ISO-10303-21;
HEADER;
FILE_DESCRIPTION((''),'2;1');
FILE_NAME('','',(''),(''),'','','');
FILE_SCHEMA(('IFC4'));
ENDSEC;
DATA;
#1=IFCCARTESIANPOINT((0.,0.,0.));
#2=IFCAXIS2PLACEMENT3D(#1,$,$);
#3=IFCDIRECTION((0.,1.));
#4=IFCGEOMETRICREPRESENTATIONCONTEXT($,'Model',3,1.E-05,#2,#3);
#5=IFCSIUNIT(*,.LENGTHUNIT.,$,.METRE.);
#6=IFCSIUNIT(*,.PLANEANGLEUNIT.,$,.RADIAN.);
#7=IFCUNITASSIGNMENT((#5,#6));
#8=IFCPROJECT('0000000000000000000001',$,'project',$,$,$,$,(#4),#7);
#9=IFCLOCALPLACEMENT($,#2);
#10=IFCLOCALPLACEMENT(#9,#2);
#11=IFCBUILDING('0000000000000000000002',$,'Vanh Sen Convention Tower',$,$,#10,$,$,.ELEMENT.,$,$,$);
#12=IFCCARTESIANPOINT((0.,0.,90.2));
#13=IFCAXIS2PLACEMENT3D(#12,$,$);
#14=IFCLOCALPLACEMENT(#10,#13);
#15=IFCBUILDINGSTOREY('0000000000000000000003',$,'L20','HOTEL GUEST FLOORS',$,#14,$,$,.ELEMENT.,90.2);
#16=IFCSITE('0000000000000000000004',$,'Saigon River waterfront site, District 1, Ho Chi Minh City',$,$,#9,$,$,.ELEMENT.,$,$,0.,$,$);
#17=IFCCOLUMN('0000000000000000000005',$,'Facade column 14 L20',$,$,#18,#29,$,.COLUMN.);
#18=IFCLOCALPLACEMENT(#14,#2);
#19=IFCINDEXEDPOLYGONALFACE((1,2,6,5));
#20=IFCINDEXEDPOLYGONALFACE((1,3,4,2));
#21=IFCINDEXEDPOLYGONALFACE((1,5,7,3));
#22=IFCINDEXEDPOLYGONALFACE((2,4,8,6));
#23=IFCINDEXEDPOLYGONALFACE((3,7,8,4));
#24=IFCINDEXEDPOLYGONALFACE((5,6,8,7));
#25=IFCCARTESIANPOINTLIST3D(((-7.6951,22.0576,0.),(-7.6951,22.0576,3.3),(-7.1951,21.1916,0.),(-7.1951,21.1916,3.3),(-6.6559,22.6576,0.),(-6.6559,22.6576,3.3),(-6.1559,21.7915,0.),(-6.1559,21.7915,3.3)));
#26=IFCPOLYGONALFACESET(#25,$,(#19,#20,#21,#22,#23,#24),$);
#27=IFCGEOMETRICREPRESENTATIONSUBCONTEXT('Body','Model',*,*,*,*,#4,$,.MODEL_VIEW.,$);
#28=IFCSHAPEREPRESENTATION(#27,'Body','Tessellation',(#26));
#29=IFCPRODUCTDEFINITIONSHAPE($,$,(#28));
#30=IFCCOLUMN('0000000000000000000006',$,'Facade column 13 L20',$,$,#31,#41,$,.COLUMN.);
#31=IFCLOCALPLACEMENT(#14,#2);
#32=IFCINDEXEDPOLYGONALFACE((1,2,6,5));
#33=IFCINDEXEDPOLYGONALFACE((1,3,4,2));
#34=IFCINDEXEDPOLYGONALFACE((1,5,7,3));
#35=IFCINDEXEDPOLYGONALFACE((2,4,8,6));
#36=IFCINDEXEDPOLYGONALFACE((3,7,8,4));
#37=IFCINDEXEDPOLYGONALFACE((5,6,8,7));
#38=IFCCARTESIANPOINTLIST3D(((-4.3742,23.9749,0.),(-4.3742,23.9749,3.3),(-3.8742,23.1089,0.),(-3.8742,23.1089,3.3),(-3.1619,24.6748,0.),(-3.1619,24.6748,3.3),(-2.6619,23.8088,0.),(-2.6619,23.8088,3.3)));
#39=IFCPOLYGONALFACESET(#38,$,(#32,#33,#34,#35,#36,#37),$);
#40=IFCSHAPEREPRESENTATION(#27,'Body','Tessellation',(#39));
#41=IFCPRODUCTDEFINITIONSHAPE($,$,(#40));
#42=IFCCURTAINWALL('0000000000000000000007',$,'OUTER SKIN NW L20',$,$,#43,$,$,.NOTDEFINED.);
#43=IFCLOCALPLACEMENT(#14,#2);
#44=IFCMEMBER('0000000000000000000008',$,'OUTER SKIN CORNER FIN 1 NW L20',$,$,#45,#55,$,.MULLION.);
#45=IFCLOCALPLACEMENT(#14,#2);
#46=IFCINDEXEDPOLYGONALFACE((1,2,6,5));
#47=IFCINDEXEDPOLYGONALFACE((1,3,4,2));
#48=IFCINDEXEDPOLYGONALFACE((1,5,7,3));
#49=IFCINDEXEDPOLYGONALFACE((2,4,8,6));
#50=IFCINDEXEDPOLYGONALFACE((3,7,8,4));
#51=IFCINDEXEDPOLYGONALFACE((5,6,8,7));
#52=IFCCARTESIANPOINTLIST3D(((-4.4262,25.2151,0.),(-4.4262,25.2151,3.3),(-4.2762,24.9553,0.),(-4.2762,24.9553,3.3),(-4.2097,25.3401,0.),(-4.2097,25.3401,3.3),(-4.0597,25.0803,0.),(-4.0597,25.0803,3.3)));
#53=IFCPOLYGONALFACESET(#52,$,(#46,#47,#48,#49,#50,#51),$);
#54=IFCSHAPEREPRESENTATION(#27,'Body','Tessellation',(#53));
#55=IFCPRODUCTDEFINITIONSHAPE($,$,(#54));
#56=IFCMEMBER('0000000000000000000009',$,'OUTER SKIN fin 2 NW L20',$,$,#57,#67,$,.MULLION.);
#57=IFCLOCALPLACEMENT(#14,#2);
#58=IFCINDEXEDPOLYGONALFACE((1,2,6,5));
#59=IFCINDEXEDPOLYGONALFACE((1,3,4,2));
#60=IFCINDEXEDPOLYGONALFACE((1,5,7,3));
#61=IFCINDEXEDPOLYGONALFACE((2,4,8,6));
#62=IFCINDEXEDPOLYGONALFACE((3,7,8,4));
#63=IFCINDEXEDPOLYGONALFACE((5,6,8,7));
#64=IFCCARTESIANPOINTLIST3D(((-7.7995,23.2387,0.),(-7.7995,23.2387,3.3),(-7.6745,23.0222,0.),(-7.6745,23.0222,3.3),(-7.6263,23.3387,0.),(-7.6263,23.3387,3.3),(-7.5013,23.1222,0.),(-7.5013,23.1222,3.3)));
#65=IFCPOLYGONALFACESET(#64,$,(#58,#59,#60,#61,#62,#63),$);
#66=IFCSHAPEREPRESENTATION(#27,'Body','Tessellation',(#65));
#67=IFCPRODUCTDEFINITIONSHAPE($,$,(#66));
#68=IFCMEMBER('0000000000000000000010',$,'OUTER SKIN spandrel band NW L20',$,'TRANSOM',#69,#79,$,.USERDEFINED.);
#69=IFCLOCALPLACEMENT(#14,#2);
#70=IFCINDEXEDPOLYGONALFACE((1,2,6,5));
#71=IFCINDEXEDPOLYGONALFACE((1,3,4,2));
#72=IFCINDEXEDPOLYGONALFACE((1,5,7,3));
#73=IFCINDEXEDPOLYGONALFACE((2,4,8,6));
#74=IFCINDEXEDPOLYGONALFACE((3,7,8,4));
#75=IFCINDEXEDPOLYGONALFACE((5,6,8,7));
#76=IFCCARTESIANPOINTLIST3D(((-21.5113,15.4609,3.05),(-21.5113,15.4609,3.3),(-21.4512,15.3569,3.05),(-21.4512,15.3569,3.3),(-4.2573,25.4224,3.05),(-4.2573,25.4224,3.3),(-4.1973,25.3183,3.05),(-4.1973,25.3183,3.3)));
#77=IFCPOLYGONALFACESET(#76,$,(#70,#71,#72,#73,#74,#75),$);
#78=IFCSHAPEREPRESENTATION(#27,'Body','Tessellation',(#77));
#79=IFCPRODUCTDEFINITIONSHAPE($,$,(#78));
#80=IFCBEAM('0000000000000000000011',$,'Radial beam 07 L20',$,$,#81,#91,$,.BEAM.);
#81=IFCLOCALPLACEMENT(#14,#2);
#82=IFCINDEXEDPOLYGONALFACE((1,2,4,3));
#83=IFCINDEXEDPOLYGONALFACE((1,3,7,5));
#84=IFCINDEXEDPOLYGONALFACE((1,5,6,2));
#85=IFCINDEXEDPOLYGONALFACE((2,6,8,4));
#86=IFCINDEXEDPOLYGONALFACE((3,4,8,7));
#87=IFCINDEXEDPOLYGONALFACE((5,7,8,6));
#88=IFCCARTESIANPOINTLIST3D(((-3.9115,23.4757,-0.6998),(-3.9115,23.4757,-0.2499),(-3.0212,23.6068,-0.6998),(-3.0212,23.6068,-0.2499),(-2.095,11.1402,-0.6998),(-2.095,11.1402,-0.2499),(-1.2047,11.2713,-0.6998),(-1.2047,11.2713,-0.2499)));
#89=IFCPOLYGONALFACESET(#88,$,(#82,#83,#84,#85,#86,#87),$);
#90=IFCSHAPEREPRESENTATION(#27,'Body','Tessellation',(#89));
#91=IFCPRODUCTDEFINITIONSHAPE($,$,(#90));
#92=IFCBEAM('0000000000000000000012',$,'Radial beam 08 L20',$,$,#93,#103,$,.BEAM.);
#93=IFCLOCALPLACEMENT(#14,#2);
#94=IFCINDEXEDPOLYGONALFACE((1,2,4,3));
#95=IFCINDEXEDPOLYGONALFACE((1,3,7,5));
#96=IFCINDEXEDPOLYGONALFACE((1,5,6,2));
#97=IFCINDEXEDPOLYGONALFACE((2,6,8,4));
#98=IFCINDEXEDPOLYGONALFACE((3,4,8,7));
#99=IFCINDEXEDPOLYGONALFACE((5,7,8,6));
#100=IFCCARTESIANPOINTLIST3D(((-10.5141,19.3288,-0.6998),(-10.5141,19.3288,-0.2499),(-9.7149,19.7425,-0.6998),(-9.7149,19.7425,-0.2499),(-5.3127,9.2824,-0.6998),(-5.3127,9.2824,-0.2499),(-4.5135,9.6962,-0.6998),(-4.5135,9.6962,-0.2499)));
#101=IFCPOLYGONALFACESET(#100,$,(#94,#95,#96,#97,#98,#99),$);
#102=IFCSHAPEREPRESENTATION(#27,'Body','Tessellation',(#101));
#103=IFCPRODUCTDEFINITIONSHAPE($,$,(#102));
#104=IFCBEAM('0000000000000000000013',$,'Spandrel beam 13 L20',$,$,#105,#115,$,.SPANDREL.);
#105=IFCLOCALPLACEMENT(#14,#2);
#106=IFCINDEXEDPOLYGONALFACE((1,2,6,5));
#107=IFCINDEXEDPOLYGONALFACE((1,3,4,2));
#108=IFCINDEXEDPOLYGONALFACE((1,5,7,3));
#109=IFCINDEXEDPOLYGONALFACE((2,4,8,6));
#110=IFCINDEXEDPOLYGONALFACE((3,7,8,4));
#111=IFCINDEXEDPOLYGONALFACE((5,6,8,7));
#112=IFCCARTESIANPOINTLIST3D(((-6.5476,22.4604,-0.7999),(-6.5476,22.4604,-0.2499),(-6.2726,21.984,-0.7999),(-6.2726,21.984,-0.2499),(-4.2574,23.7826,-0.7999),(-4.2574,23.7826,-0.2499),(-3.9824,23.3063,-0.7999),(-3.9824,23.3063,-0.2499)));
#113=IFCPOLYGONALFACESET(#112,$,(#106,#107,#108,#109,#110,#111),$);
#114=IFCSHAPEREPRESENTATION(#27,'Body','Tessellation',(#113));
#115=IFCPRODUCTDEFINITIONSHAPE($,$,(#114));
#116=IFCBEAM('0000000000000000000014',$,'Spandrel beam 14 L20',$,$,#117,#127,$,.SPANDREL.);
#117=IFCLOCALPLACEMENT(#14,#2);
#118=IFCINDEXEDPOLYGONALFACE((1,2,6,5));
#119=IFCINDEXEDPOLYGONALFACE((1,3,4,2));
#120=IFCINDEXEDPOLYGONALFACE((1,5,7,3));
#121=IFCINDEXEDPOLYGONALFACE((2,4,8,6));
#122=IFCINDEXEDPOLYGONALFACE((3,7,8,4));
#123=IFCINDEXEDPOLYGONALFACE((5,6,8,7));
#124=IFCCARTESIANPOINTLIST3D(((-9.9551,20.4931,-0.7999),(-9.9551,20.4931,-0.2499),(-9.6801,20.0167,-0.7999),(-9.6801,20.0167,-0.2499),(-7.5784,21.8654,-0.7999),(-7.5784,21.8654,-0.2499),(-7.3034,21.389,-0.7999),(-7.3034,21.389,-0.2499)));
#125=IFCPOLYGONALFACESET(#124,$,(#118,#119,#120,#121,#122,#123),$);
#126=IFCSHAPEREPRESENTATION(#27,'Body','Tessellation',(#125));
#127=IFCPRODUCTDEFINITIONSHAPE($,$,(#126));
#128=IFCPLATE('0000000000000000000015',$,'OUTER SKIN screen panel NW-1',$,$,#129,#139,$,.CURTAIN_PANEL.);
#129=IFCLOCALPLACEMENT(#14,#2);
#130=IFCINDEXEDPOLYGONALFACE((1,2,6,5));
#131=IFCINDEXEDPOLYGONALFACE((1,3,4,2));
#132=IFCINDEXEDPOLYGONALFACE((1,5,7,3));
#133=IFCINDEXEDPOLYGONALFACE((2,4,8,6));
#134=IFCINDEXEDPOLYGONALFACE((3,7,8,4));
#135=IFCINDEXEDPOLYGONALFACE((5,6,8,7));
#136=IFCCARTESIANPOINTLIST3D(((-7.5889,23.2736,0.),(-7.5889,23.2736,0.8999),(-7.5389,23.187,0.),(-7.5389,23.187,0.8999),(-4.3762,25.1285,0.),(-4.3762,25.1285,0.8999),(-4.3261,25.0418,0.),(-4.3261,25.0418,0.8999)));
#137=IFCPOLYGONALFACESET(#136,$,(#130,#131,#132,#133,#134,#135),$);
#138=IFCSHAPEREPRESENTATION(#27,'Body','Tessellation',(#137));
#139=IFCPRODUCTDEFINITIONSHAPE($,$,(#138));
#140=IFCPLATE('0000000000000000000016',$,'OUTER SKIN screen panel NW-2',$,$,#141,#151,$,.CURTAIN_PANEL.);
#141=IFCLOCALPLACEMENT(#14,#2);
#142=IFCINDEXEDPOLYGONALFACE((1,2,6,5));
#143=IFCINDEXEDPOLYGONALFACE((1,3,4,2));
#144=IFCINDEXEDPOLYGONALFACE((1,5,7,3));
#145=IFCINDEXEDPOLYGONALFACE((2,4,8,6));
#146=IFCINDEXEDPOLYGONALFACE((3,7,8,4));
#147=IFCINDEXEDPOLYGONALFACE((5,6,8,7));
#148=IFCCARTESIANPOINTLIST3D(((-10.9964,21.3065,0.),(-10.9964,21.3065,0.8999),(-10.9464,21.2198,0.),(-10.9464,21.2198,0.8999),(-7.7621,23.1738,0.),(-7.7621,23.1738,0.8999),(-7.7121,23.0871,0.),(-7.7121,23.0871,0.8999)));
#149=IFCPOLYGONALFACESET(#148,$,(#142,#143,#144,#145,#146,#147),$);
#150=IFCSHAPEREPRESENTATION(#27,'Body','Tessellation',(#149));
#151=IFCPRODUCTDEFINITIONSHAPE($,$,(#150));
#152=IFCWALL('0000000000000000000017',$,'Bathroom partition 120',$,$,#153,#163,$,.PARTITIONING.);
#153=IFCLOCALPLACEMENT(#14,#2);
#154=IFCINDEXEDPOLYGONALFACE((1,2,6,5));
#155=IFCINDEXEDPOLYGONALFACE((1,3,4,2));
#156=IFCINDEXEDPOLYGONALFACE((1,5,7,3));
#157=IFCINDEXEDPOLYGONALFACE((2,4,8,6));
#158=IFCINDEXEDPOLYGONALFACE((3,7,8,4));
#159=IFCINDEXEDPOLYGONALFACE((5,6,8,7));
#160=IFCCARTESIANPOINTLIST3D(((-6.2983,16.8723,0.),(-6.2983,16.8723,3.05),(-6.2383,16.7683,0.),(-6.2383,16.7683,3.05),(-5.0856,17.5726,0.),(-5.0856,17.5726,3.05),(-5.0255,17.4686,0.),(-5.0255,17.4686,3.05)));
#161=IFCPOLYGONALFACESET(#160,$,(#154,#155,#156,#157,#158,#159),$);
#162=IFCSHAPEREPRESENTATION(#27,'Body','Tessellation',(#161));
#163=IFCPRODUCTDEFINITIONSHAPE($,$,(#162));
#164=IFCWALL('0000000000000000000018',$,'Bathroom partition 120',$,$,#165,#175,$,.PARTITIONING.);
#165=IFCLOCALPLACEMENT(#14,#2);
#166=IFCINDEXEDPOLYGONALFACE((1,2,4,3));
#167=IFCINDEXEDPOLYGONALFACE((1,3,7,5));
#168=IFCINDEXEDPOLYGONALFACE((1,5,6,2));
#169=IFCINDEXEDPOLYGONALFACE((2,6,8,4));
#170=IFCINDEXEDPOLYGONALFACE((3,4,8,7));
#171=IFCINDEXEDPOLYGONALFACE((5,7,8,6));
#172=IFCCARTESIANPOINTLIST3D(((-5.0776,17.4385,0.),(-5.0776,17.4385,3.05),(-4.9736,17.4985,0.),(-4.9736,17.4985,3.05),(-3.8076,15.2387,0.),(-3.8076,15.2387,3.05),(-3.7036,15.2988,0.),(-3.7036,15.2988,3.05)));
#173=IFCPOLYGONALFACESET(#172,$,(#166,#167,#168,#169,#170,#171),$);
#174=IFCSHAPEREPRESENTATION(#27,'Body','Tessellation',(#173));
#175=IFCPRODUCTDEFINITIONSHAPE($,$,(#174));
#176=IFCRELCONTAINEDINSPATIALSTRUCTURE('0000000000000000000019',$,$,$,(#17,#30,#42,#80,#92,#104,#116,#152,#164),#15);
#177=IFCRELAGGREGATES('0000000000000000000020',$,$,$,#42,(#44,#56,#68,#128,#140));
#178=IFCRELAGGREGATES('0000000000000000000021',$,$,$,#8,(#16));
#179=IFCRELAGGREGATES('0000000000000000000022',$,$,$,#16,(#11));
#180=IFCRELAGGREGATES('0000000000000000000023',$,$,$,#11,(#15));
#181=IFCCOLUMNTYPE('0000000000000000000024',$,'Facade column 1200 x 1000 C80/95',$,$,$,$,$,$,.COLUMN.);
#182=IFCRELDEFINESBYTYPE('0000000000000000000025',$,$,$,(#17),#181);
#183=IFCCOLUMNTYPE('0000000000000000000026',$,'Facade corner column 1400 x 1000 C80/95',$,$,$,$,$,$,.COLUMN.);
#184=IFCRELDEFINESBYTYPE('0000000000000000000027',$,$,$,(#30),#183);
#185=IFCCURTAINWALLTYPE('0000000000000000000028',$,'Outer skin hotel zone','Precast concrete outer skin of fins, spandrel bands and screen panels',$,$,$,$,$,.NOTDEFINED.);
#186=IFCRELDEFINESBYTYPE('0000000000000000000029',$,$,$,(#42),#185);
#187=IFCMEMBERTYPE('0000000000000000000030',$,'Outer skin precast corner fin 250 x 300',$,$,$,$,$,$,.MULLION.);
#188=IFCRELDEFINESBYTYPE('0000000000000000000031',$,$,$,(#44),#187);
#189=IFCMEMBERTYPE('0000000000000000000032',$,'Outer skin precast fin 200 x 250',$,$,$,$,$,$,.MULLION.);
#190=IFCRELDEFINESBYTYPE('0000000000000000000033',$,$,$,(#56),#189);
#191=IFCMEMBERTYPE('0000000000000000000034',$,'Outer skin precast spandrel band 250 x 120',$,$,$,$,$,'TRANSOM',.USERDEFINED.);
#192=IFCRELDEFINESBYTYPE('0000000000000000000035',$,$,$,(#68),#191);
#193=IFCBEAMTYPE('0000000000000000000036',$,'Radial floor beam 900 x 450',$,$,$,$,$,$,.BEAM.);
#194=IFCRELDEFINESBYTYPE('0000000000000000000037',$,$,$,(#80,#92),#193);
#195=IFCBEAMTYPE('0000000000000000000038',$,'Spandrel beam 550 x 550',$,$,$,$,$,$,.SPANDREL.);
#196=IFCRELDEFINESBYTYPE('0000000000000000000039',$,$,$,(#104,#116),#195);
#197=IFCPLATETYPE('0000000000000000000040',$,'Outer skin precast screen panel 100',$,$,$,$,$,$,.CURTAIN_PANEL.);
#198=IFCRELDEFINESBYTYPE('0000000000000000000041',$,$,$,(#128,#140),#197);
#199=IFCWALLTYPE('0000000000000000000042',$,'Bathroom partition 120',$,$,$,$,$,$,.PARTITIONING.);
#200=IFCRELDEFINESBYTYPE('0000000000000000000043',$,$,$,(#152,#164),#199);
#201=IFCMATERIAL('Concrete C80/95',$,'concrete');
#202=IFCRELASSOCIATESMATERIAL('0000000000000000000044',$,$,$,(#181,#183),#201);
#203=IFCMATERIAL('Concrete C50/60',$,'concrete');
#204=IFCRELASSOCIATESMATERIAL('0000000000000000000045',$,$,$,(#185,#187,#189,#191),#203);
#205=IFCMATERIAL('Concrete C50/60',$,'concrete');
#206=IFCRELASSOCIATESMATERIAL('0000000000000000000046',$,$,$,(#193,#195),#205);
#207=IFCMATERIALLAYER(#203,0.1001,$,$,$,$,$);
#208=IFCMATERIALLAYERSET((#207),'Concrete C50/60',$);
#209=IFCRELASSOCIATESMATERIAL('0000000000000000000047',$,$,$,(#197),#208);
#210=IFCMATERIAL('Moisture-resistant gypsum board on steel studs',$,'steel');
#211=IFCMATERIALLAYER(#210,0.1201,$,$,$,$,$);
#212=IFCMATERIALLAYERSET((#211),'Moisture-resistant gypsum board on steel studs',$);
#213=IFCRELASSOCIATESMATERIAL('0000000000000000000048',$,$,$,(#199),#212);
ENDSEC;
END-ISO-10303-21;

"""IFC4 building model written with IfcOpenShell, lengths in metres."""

from ifc_helpers import new_model, si_unit, direction, frame, frame_2d, origin, origin_2d, place, context, subcontext, project, spatial, rectangle, extrude, material, layer, layer_set, material_profile, profile_set, type_object, element, aggregate, save


model = new_model("IFC4")

# Units and contexts
model_context = context("Model", 3, precision=1e-05, world=origin(), true_north=direction((0.0, 1.0)))
body_context = subcontext(model_context, "Body", "Model", "MODEL_VIEW")
ifc_project = project(units=[si_unit("LENGTHUNIT", "METRE"), si_unit("PLANEANGLEUNIT", "RADIAN")], contexts=[model_context])

# Site, building, storey
site_placement = place(None, origin())
site = spatial("IfcSite", under=ifc_project, at=site_placement, Name="Saigon River waterfront site, District 1, Ho Chi Minh City", CompositionType="ELEMENT", RefElevation=0.0)
building_placement = place(site_placement, origin())
building = spatial("IfcBuilding", under=site, at=building_placement, Name="Vanh Sen Convention Tower", CompositionType="ELEMENT")
storey_placement = place(building_placement, frame((0.0, 0.0, 90.2)))
storey = spatial("IfcBuildingStorey", under=building, at=storey_placement, Name="L20", Description="HOTEL GUEST FLOORS", CompositionType="ELEMENT", Elevation=90.2)

# Columns
ifc_material_1 = material(Name="Concrete C80/95", Category="concrete")
ifc_material_profile_1 = material_profile(ifc_material_1, rectangle(XDim=1.2, YDim=1.0, at=origin_2d()), Name="RC 1200X1000")
ifc_profile_set_1 = profile_set([ifc_material_profile_1], Name="Concrete C80/95")
column_type_1 = type_object("IfcColumnType", Name="Facade column 1200 x 1000 C80/95", PredefinedType="COLUMN", material=ifc_profile_set_1)
column_1_placement = place(storey_placement, frame((-6.9255, 21.9246, 0.0), z_axis=(0.0, 0.0, 1.0), x_axis=(-0.866025, -0.5, 0.0)))
element("IfcColumn", 1, at=column_1_placement, inside=storey, type_object=column_type_1, Name="Facade column 14 L20", PredefinedType="COLUMN", context=body_context, shape_type="SweptSolid", body=[
    extrude(rectangle(XDim=1.2, YDim=1.0, at=origin_2d()), origin(), (0.0, 0.0, 1.0), 3.3),
])
ifc_material_profile_2 = material_profile(ifc_material_1, rectangle(XDim=1.3999, YDim=1.0, at=origin_2d()), Name="RC 1400X1000")
ifc_profile_set_2 = profile_set([ifc_material_profile_2], Name="Concrete C80/95")
column_type_2 = type_object("IfcColumnType", Name="Facade corner column 1400 x 1000 C80/95", PredefinedType="COLUMN", material=ifc_profile_set_2)
column_2_placement = place(storey_placement, frame((-3.5181, 23.8918, 0.0), z_axis=(0.0, 0.0, 1.0), x_axis=(-0.866025, -0.5, 0.0)))
element("IfcColumn", 2, at=column_2_placement, inside=storey, type_object=column_type_2, Name="Facade column 13 L20", PredefinedType="COLUMN", context=body_context, shape_type="SweptSolid", body=[
    extrude(rectangle(XDim=1.3999, YDim=1.0, at=origin_2d()), origin(), (0.0, 0.0, 1.0), 3.3),
])

# Curtain wall, members
ifc_material_2 = material(Name="Concrete C50/60", Category="concrete")
curtain_wall_type = type_object("IfcCurtainWallType", Name="Outer skin hotel zone", Description="Precast concrete outer skin of fins, spandrel bands and screen panels", PredefinedType="NOTDEFINED", material=ifc_material_2)
curtain_wall_placement = place(storey_placement, origin())
curtain_wall = element("IfcCurtainWall", 3, at=curtain_wall_placement, inside=storey, type_object=curtain_wall_type, Name="OUTER SKIN NW L20", PredefinedType="NOTDEFINED")
ifc_material_profile_3 = material_profile(ifc_material_2, rectangle(XDim=0.25, YDim=0.3, at=origin_2d()), Name="Outer skin precast corner fin 250 x 300")
ifc_profile_set_3 = profile_set([ifc_material_profile_3], Name="Concrete C50/60")
member_type_1 = type_object("IfcMemberType", Name="Outer skin precast corner fin 250 x 300", PredefinedType="MULLION", material=ifc_profile_set_3)
member_1_placement = place(storey_placement, frame((-4.2429, 25.1477, 0.0), z_axis=(0.0, 0.0, 1.0), x_axis=(-0.866025, -0.5, 0.0)))
member_1 = element("IfcMember", 4, at=member_1_placement, type_object=member_type_1, Name="OUTER SKIN CORNER FIN 1 NW L20", PredefinedType="MULLION", context=body_context, shape_type="SweptSolid", body=[
    extrude(rectangle(XDim=0.25, YDim=0.3, at=origin_2d()), origin(), (0.0, 0.0, 1.0), 3.3),
])
ifc_material_profile_4 = material_profile(ifc_material_2, rectangle(XDim=0.2, YDim=0.25, at=origin_2d()), Name="Outer skin precast fin 200 x 250")
ifc_profile_set_4 = profile_set([ifc_material_profile_4], Name="Concrete C50/60")
member_type_2 = type_object("IfcMemberType", Name="Outer skin precast fin 200 x 250", PredefinedType="MULLION", material=ifc_profile_set_4)
member_2_placement = place(storey_placement, frame((-7.6504, 23.1804, 0.0), z_axis=(0.0, 0.0, 1.0), x_axis=(-0.866025, -0.5, 0.0)))
member_2 = element("IfcMember", 5, at=member_2_placement, type_object=member_type_2, Name="OUTER SKIN fin 2 NW L20", PredefinedType="MULLION", context=body_context, shape_type="SweptSolid", body=[
    extrude(rectangle(XDim=0.2, YDim=0.25, at=origin_2d()), origin(), (0.0, 0.0, 1.0), 3.3),
])
ifc_material_profile_5 = material_profile(ifc_material_2, rectangle(XDim=0.1201, YDim=0.25, at=origin_2d()), Name="Outer skin precast spandrel band 250 x 120")
ifc_profile_set_5 = profile_set([ifc_material_profile_5], Name="Concrete C50/60")
member_type_3 = type_object("IfcMemberType", Name="Outer skin precast spandrel band 250 x 120", ElementType="TRANSOM", PredefinedType="USERDEFINED", material=ifc_profile_set_5)
member_3_placement = place(storey_placement, frame((-4.2273, 25.3704, 3.175), z_axis=(-0.866028, -0.499995, 0.0), x_axis=(0.499995, -0.866028, 0.0)))
member_3 = element("IfcMember", 6, at=member_3_placement, type_object=member_type_3, Name="OUTER SKIN spandrel band NW L20", ObjectType="TRANSOM", PredefinedType="USERDEFINED", context=body_context, shape_type="SweptSolid", body=[
    extrude(rectangle(XDim=0.1201, YDim=0.25, at=origin_2d()), origin(), (0.0, 0.0, 1.0), 19.9231),
])

# Beams
ifc_material_3 = material(Name="Concrete C50/60", Category="concrete")
ifc_material_profile_6 = material_profile(ifc_material_3, rectangle(XDim=0.8999, YDim=0.45, at=origin_2d()), Name="RC 900X450")
ifc_profile_set_6 = profile_set([ifc_material_profile_6], Name="Concrete C50/60")
beam_type_1 = type_object("IfcBeamType", Name="Radial floor beam 900 x 450", PredefinedType="BEAM", material=ifc_profile_set_6)
beam_1_placement = place(storey_placement, frame((-3.4663, 23.5413, -0.4749), z_axis=(0.14568, -0.989332, 0.0), x_axis=(0.989332, 0.14568, 0.0)))
element("IfcBeam", 7, at=beam_1_placement, inside=storey, type_object=beam_type_1, Name="Radial beam 07 L20", PredefinedType="BEAM", context=body_context, shape_type="SweptSolid", body=[
    extrude(rectangle(XDim=0.8999, YDim=0.45, at=origin_2d()), origin(), (0.0, 0.0, 1.0), 12.4685),
])
beam_2_placement = place(storey_placement, frame((-10.1145, 19.5356, -0.4749), z_axis=(0.459772, -0.888037, 0.0), x_axis=(0.888037, 0.459772, 0.0)))
element("IfcBeam", 8, at=beam_2_placement, inside=storey, type_object=beam_type_1, Name="Radial beam 08 L20", PredefinedType="BEAM", context=body_context, shape_type="SweptSolid", body=[
    extrude(rectangle(XDim=0.8999, YDim=0.45, at=origin_2d()), origin(), (0.0, 0.0, 1.0), 11.313),
])
ifc_material_profile_7 = material_profile(ifc_material_3, rectangle(XDim=0.55, YDim=0.55, at=origin_2d()), Name="RC 550X550")
ifc_profile_set_7 = profile_set([ifc_material_profile_7], Name="Concrete C50/60")
beam_type_2 = type_object("IfcBeamType", Name="Spandrel beam 550 x 550", PredefinedType="SPANDREL", material=ifc_profile_set_7)
beam_3_placement = place(storey_placement, frame((-4.1199, 23.5444, -0.5249), z_axis=(-0.86603, -0.499991, 0.0), x_axis=(0.499991, -0.86603, 0.0)))
element("IfcBeam", 9, at=beam_3_placement, inside=storey, type_object=beam_type_2, Name="Spandrel beam 13 L20", PredefinedType="SPANDREL", context=body_context, shape_type="SweptSolid", body=[
    extrude(rectangle(XDim=0.55, YDim=0.55, at=origin_2d()), origin(), (0.0, 0.0, 1.0), 2.6445),
])
beam_4_placement = place(storey_placement, frame((-7.4409, 21.6272, -0.5249), z_axis=(-0.866006, -0.500033, 0.0), x_axis=(0.500033, -0.866006, 0.0)))
element("IfcBeam", 10, at=beam_4_placement, inside=storey, type_object=beam_type_2, Name="Spandrel beam 14 L20", PredefinedType="SPANDREL", context=body_context, shape_type="SweptSolid", body=[
    extrude(rectangle(XDim=0.55, YDim=0.55, at=origin_2d()), origin(), (0.0, 0.0, 1.0), 2.7444),
])

# Plates
ifc_layer_1 = layer(ifc_material_2, 0.1001)
ifc_layer_set_1 = layer_set([ifc_layer_1], Name="Concrete C50/60")
plate_type = type_object("IfcPlateType", Name="Outer skin precast screen panel 100", PredefinedType="CURTAIN_PANEL", material=ifc_layer_set_1)
plate_1_placement = place(storey_placement, frame((-5.9575, 24.1577, 0.0), z_axis=(0.0, 0.0, 1.0), x_axis=(-0.866028, -0.499995, 0.0)))
plate_1 = element("IfcPlate", 11, at=plate_1_placement, type_object=plate_type, Name="OUTER SKIN screen panel NW-1", PredefinedType="CURTAIN_PANEL", context=body_context, shape_type="SweptSolid", body=[
    extrude(rectangle(XDim=3.7097, YDim=0.1001, at=origin_2d()), origin(), (0.0, 0.0, 1.0), 0.8999),
])
plate_2_placement = place(storey_placement, frame((-9.3542, 22.1968, 0.0), z_axis=(0.0, 0.0, 1.0), x_axis=(-0.866021, -0.500008, 0.0)))
plate_2 = element("IfcPlate", 12, at=plate_2_placement, type_object=plate_type, Name="OUTER SKIN screen panel NW-2", PredefinedType="CURTAIN_PANEL", context=body_context, shape_type="SweptSolid", body=[
    extrude(rectangle(XDim=3.7346, YDim=0.1001, at=origin_2d()), origin(), (0.0, 0.0, 1.0), 0.8999),
])
aggregate(curtain_wall, [member_1, member_2, member_3, plate_1, plate_2])

# Walls
ifc_material_4 = material(Name="Moisture-resistant gypsum board on steel studs", Category="steel")
ifc_layer_2 = layer(ifc_material_4, 0.1201)
ifc_layer_set_2 = layer_set([ifc_layer_2], Name="Moisture-resistant gypsum board on steel studs")
wall_type_1 = type_object("IfcWallType", Name="Bathroom partition 120", PredefinedType="PARTITIONING", material=ifc_layer_set_2)
wall_1_placement = place(storey_placement, frame((-6.2683, 16.8203, 0.0), z_axis=(0.0, 0.0, 1.0), x_axis=(0.866003, 0.500039, 0.0)))
element("IfcWall", 13, at=wall_1_placement, inside=storey, type_object=wall_type_1, Name="Bathroom partition 120", PredefinedType="PARTITIONING", context=body_context, shape_type="SweptSolid", body=[
    extrude(rectangle(XDim=1.4004, YDim=0.1201, at=frame_2d((0.7002, 0.0))), origin(), (0.0, 0.0, 1.0), 3.05),
])
wall_2_placement = place(storey_placement, frame((-5.0256, 17.4685, 0.0), z_axis=(0.0, 0.0, 1.0), x_axis=(0.500005, -0.866022, 0.0)))
element("IfcWall", 14, at=wall_2_placement, inside=storey, type_object=wall_type_1, Name="Bathroom partition 120", PredefinedType="PARTITIONING", context=body_context, shape_type="SweptSolid", body=[
    extrude(rectangle(XDim=2.54, YDim=0.1201, at=frame_2d((1.27, 0.0))), origin(), (0.0, 0.0, 1.0), 3.05),
])

save(model, "model.ifc")
